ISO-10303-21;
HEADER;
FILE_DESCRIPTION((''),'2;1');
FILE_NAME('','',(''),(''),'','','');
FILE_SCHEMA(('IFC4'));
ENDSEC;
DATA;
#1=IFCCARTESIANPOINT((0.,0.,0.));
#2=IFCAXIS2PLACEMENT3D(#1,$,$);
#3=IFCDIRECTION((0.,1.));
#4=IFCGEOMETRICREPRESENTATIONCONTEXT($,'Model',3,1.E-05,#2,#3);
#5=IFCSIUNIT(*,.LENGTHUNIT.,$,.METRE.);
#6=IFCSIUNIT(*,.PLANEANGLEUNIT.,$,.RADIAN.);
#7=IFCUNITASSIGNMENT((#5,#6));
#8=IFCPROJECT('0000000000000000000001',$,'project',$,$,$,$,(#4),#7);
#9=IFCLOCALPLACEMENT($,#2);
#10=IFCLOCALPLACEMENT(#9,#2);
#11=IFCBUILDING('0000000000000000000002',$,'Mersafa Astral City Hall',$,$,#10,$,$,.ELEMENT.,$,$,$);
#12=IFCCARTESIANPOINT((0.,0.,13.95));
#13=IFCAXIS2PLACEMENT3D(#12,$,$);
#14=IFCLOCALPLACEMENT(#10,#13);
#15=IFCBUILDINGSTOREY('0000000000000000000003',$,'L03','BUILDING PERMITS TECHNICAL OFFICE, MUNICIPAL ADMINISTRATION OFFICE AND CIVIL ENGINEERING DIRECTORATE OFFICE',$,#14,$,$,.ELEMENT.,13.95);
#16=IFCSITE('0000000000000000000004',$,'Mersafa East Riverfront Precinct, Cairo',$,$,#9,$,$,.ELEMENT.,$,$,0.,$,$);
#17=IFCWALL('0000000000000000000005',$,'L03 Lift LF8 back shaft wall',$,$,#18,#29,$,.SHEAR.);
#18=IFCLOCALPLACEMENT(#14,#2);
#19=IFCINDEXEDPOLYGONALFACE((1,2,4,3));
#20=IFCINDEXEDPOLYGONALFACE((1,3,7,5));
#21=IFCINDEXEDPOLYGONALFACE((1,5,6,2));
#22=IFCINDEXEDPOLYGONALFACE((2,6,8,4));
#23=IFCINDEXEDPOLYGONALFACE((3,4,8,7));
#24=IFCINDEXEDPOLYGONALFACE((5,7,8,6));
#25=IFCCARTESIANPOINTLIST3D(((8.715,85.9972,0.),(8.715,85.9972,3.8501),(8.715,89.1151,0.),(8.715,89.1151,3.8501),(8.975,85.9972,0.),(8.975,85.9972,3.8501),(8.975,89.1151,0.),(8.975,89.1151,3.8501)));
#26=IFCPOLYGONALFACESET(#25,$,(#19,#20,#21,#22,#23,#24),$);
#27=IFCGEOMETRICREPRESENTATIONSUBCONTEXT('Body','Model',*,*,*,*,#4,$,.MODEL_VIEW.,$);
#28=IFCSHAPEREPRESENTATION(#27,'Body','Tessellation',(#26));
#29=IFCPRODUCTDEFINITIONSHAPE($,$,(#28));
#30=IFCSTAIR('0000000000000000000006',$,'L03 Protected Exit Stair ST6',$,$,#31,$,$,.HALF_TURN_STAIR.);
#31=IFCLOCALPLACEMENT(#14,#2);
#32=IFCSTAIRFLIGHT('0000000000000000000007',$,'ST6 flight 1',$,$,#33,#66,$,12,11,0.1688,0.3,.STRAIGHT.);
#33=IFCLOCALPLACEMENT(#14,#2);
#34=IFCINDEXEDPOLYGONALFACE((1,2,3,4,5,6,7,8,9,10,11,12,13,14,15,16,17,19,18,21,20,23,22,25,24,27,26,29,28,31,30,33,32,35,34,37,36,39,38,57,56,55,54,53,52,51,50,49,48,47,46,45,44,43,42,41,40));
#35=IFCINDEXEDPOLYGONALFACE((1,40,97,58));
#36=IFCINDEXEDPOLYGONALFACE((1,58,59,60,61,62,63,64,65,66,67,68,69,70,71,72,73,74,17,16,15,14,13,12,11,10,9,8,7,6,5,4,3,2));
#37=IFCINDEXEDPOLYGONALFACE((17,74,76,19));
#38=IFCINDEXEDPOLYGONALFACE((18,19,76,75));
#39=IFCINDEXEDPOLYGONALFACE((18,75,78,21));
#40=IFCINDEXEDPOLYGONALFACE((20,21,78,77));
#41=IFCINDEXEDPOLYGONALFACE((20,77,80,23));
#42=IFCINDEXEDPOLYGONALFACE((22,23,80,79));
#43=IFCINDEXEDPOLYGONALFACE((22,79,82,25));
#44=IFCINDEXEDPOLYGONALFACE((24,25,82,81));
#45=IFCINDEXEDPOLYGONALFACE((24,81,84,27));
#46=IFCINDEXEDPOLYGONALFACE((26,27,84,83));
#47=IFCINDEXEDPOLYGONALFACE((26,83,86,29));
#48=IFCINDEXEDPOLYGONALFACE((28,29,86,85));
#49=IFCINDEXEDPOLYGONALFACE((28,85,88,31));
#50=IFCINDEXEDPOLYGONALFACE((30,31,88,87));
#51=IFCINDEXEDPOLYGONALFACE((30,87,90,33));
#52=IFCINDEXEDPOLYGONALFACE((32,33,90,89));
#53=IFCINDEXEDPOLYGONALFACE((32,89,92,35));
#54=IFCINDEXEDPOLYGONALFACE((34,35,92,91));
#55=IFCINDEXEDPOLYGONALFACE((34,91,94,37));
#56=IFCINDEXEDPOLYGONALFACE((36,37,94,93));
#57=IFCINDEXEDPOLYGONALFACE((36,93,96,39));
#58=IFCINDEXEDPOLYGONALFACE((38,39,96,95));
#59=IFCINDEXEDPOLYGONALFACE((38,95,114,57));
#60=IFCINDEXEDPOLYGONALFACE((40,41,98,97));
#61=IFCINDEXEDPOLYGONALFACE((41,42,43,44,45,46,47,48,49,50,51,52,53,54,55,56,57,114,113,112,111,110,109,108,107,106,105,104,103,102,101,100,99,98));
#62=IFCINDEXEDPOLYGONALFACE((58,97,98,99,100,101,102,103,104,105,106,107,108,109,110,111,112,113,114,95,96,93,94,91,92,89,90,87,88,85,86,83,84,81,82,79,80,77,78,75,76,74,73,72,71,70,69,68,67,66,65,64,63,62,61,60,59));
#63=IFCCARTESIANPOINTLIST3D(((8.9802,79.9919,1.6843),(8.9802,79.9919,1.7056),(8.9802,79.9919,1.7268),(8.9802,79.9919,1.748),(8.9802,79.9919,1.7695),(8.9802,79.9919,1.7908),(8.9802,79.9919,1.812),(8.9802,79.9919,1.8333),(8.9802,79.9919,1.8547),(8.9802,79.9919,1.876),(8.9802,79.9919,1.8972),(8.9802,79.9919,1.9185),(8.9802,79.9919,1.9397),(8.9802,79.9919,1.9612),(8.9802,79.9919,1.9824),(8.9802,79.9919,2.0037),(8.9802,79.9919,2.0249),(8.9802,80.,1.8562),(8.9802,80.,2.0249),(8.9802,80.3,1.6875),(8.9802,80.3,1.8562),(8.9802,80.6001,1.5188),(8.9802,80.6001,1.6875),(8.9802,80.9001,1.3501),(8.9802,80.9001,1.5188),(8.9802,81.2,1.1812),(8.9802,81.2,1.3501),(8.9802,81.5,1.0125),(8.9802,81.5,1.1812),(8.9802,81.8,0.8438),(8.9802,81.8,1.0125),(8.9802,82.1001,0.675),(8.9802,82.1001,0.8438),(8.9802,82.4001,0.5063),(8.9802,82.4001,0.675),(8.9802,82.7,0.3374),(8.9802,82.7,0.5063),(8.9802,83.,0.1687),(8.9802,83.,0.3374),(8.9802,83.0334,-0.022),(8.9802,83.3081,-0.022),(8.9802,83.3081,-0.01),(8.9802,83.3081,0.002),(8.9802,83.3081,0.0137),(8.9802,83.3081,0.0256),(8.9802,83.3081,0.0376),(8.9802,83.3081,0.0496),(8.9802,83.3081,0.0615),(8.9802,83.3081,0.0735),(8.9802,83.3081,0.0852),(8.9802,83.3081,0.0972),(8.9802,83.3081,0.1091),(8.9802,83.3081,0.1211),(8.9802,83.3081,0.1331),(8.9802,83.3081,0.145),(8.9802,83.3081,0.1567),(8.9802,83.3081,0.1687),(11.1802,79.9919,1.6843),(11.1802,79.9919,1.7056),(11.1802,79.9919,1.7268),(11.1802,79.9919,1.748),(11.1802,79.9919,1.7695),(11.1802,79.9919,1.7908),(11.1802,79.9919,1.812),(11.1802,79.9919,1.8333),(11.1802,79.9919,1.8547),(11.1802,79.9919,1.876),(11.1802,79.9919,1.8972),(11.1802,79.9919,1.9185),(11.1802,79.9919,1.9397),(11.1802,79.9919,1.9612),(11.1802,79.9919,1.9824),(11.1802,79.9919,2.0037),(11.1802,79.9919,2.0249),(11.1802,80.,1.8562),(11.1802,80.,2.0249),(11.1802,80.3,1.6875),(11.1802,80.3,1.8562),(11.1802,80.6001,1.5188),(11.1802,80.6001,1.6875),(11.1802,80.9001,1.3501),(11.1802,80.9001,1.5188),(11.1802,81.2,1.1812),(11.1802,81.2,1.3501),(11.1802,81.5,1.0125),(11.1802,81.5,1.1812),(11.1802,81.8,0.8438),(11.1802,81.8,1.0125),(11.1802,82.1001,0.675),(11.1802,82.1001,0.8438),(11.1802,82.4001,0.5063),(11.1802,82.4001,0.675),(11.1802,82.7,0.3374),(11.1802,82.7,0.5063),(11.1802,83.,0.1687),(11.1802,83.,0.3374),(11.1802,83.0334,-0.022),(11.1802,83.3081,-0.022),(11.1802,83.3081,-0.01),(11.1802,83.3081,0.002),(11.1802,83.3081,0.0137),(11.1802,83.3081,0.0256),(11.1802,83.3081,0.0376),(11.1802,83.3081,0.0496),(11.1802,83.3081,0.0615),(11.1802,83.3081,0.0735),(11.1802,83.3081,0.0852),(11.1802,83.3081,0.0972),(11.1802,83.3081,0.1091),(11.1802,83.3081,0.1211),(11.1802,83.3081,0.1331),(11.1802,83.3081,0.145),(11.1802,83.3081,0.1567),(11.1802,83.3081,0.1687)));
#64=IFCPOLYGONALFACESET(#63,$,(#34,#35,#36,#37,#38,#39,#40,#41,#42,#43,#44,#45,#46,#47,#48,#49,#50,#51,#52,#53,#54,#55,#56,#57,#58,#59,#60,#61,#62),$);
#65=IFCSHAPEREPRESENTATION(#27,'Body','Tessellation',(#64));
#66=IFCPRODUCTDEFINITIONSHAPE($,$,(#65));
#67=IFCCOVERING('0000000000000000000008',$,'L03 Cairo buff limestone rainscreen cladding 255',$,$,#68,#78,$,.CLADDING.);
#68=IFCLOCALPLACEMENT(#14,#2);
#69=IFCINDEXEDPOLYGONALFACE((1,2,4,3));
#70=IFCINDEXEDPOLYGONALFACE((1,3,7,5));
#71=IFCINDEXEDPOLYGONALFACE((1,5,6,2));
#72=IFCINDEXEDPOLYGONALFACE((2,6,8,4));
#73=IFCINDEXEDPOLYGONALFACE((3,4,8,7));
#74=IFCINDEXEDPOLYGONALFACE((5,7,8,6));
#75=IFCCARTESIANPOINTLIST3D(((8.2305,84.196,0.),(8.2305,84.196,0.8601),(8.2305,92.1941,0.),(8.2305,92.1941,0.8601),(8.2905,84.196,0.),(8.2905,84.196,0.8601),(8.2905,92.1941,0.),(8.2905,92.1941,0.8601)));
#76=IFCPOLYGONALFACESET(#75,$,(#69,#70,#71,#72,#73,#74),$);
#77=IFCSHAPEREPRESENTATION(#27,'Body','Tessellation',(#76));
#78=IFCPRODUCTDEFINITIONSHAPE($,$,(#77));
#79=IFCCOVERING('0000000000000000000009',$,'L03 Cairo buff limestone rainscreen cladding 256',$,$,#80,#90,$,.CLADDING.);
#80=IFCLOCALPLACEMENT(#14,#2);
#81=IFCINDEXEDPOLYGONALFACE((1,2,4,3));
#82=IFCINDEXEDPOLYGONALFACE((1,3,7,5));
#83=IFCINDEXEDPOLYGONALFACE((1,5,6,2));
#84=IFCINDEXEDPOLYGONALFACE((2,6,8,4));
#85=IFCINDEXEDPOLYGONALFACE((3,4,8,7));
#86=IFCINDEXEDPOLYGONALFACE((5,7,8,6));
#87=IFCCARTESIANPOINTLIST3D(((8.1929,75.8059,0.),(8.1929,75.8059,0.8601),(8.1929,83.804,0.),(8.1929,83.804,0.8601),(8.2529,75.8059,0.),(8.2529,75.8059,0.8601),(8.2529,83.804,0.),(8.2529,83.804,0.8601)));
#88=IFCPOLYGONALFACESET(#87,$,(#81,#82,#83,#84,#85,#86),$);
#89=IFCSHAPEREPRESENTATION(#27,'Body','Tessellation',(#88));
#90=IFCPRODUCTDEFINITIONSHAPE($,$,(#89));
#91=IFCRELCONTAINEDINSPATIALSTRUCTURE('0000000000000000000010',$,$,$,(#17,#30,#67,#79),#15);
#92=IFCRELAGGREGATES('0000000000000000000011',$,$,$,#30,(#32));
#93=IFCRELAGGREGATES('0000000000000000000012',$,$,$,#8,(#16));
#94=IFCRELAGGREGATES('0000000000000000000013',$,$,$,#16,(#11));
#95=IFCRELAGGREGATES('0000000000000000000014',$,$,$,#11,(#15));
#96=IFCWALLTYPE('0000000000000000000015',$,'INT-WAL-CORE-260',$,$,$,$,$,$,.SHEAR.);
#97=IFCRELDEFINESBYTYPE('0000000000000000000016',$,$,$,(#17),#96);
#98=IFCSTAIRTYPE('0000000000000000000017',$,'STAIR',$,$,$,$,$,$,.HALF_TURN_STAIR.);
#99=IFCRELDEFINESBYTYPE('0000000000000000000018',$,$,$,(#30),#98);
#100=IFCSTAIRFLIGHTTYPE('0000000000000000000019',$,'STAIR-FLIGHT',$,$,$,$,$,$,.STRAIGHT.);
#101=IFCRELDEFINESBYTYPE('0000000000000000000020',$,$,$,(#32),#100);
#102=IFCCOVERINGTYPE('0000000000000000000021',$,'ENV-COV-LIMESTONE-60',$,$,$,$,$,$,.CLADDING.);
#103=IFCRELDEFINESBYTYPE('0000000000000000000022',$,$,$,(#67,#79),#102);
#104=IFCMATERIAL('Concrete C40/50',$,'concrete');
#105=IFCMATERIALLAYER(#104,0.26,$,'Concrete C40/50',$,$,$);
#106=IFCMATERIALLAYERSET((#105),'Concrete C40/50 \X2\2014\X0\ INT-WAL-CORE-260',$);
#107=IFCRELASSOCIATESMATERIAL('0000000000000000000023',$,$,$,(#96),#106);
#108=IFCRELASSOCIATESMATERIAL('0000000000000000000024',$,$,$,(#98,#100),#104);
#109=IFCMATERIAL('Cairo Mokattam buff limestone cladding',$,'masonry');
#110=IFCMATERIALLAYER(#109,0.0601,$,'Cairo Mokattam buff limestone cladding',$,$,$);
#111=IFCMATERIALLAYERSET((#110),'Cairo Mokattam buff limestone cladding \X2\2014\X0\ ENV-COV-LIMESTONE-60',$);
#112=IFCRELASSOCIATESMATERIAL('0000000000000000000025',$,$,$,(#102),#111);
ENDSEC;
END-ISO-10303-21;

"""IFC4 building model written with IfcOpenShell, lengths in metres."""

from ifc_helpers import new_model, si_unit, direction, frame, frame_2d, origin, origin_2d, place, context, subcontext, project, spatial, polyline, rectangle, outline, extrude, material, layer, layer_set, type_object, element, aggregate, save


model = new_model("IFC4")

# Units and contexts
model_context = context("Model", 3, precision=1e-05, world=origin(), true_north=direction((0.0, 1.0)))
body_context = subcontext(model_context, "Body", "Model", "MODEL_VIEW")
ifc_project = project(units=[si_unit("LENGTHUNIT", "METRE"), si_unit("PLANEANGLEUNIT", "RADIAN")], contexts=[model_context])

# Site, building, storey
site_placement = place(None, origin())
site = spatial("IfcSite", under=ifc_project, at=site_placement, Name="Mersafa East Riverfront Precinct, Cairo", CompositionType="ELEMENT", RefElevation=0.0)
building_placement = place(site_placement, origin())
building = spatial("IfcBuilding", under=site, at=building_placement, Name="Mersafa Astral City Hall", CompositionType="ELEMENT")
storey_placement = place(building_placement, frame((0.0, 0.0, 13.95)))
storey = spatial("IfcBuildingStorey", under=building, at=storey_placement, Name="L03", Description="BUILDING PERMITS TECHNICAL OFFICE, MUNICIPAL ADMINISTRATION OFFICE AND CIVIL ENGINEERING DIRECTORATE OFFICE", CompositionType="ELEMENT", Elevation=13.95)

# Wall
ifc_material_1 = material(Name="Concrete C40/50", Category="concrete")
ifc_layer_1 = layer(ifc_material_1, 0.26, Name="Concrete C40/50")
ifc_layer_set_1 = layer_set([ifc_layer_1], Name="Concrete C40/50 — INT-WAL-CORE-260")
wall_type_1 = type_object("IfcWallType", Name="INT-WAL-CORE-260", PredefinedType="SHEAR", material=ifc_layer_set_1)
wall_1_placement = place(storey_placement, frame((8.845, 85.9971, 0.0), z_axis=(0.0, 0.0, 1.0), x_axis=(0.0, 1.0, 0.0)))
element("IfcWall", 1, at=wall_1_placement, inside=storey, type_object=wall_type_1, Name="L03 Lift LF8 back shaft wall", PredefinedType="SHEAR", context=body_context, shape_type="SweptSolid", body=[
    extrude(rectangle(XDim=3.1179, YDim=0.26, at=frame_2d((1.5591, 0.0))), origin(), (0.0, 0.0, 1.0), 3.8501),
])

# Stair, stair flight
stair_type = type_object("IfcStairType", Name="STAIR", PredefinedType="HALF_TURN_STAIR", material=ifc_material_1)
stair_placement = place(storey_placement, origin())
stair = element("IfcStair", 2, at=stair_placement, inside=storey, type_object=stair_type, Name="L03 Protected Exit Stair ST6", PredefinedType="HALF_TURN_STAIR")
stair_flight_type = type_object("IfcStairFlightType", Name="STAIR-FLIGHT", PredefinedType="STRAIGHT", material=ifc_material_1)
stair_flight_placement = place(storey_placement, frame((10.0801, 83.3, 0.0), z_axis=(0.0, 0.0, 1.0), x_axis=(0.0, -1.0, 0.0)))
stair_flight = element("IfcStairFlight", 3, at=stair_flight_placement, type_object=stair_flight_type, Name="ST6 flight 1", NumberOfRisers=12, NumberOfTreads=11, PredefinedType="STRAIGHT", RiserHeight=0.1688, TreadLength=0.3, context=body_context, shape_type="SweptSolid", body=[
    extrude(outline(polyline([(-0.0081, -0.022), (-0.0081, -0.01), (-0.0081, 0.002), (-0.0081, 0.0137), (-0.0081, 0.0256), (-0.0081, 0.0376), (-0.0081, 0.0496), (-0.0081, 0.0615), (-0.0081, 0.0735), (-0.0081, 0.0852), (-0.0081, 0.0972), (-0.0081, 0.1091), (-0.0081, 0.1211), (-0.0081, 0.1331), (-0.0081, 0.145), (-0.0081, 0.1567), (-0.0081, 0.1687), (0.3, 0.1687), (0.3, 0.3374), (0.6001, 0.3374), (0.6001, 0.5063), (0.8999, 0.5063), (0.8999, 0.675), (1.2, 0.675), (1.2, 0.8438), (1.5, 0.8438), (1.5, 1.0125), (1.8, 1.0125), (1.8, 1.1812), (2.1001, 1.1812), (2.1001, 1.3501), (2.3999, 1.3501), (2.3999, 1.5188), (2.7, 1.5188), (2.7, 1.6875), (3.0, 1.6875), (3.0, 1.8562), (3.3, 1.8562), (3.3, 2.0249), (3.3081, 2.0249), (3.3081, 2.0037), (3.3081, 1.9824), (3.3081, 1.9612), (3.3081, 1.9397), (3.3081, 1.9185), (3.3081, 1.8972), (3.3081, 1.876), (3.3081, 1.8547), (3.3081, 1.8333), (3.3081, 1.812), (3.3081, 1.7908), (3.3081, 1.7695), (3.3081, 1.748), (3.3081, 1.7268), (3.3081, 1.7056), (3.3081, 1.6843), (0.2666, -0.022), (-0.0081, -0.022)])), frame((0.0, 1.1001, 0.0), z_axis=(0.0, -1.0, 0.0), x_axis=(1.0, 0.0, 0.0)), (0.0, 0.0, 1.0), 2.2),
])
aggregate(stair, [stair_flight])

# Coverings
ifc_material_2 = material(Name="Cairo Mokattam buff limestone cladding", Category="masonry")
ifc_layer_2 = layer(ifc_material_2, 0.0601, Name="Cairo Mokattam buff limestone cladding")
ifc_layer_set_2 = layer_set([ifc_layer_2], Name="Cairo Mokattam buff limestone cladding — ENV-COV-LIMESTONE-60")
covering_type = type_object("IfcCoveringType", Name="ENV-COV-LIMESTONE-60", PredefinedType="CLADDING", material=ifc_layer_set_2)
for number, where, z_axis, x_axis, name in (
    (4, (8.2605, 88.1951, 0.0), (0.0, 0.0, 1.0), (0.0, -1.0, 0.0), "L03 Cairo buff limestone rainscreen cladding 255"),
    (5, (8.2229, 79.8049, 0.0), (0.0, 0.0, 1.0), (0.0, -1.0, 0.0), "L03 Cairo buff limestone rainscreen cladding 256"),
):
    element("IfcCovering", number, at=place(storey_placement, frame(where, z_axis=z_axis, x_axis=x_axis)), inside=storey, type_object=covering_type, Name=name, PredefinedType="CLADDING", context=body_context, shape_type="SweptSolid", body=[
        extrude(rectangle(XDim=7.998, YDim=0.0601, at=origin_2d()), origin(), (0.0, 0.0, 1.0), 0.8601),
    ])

save(model, "model.ifc")
